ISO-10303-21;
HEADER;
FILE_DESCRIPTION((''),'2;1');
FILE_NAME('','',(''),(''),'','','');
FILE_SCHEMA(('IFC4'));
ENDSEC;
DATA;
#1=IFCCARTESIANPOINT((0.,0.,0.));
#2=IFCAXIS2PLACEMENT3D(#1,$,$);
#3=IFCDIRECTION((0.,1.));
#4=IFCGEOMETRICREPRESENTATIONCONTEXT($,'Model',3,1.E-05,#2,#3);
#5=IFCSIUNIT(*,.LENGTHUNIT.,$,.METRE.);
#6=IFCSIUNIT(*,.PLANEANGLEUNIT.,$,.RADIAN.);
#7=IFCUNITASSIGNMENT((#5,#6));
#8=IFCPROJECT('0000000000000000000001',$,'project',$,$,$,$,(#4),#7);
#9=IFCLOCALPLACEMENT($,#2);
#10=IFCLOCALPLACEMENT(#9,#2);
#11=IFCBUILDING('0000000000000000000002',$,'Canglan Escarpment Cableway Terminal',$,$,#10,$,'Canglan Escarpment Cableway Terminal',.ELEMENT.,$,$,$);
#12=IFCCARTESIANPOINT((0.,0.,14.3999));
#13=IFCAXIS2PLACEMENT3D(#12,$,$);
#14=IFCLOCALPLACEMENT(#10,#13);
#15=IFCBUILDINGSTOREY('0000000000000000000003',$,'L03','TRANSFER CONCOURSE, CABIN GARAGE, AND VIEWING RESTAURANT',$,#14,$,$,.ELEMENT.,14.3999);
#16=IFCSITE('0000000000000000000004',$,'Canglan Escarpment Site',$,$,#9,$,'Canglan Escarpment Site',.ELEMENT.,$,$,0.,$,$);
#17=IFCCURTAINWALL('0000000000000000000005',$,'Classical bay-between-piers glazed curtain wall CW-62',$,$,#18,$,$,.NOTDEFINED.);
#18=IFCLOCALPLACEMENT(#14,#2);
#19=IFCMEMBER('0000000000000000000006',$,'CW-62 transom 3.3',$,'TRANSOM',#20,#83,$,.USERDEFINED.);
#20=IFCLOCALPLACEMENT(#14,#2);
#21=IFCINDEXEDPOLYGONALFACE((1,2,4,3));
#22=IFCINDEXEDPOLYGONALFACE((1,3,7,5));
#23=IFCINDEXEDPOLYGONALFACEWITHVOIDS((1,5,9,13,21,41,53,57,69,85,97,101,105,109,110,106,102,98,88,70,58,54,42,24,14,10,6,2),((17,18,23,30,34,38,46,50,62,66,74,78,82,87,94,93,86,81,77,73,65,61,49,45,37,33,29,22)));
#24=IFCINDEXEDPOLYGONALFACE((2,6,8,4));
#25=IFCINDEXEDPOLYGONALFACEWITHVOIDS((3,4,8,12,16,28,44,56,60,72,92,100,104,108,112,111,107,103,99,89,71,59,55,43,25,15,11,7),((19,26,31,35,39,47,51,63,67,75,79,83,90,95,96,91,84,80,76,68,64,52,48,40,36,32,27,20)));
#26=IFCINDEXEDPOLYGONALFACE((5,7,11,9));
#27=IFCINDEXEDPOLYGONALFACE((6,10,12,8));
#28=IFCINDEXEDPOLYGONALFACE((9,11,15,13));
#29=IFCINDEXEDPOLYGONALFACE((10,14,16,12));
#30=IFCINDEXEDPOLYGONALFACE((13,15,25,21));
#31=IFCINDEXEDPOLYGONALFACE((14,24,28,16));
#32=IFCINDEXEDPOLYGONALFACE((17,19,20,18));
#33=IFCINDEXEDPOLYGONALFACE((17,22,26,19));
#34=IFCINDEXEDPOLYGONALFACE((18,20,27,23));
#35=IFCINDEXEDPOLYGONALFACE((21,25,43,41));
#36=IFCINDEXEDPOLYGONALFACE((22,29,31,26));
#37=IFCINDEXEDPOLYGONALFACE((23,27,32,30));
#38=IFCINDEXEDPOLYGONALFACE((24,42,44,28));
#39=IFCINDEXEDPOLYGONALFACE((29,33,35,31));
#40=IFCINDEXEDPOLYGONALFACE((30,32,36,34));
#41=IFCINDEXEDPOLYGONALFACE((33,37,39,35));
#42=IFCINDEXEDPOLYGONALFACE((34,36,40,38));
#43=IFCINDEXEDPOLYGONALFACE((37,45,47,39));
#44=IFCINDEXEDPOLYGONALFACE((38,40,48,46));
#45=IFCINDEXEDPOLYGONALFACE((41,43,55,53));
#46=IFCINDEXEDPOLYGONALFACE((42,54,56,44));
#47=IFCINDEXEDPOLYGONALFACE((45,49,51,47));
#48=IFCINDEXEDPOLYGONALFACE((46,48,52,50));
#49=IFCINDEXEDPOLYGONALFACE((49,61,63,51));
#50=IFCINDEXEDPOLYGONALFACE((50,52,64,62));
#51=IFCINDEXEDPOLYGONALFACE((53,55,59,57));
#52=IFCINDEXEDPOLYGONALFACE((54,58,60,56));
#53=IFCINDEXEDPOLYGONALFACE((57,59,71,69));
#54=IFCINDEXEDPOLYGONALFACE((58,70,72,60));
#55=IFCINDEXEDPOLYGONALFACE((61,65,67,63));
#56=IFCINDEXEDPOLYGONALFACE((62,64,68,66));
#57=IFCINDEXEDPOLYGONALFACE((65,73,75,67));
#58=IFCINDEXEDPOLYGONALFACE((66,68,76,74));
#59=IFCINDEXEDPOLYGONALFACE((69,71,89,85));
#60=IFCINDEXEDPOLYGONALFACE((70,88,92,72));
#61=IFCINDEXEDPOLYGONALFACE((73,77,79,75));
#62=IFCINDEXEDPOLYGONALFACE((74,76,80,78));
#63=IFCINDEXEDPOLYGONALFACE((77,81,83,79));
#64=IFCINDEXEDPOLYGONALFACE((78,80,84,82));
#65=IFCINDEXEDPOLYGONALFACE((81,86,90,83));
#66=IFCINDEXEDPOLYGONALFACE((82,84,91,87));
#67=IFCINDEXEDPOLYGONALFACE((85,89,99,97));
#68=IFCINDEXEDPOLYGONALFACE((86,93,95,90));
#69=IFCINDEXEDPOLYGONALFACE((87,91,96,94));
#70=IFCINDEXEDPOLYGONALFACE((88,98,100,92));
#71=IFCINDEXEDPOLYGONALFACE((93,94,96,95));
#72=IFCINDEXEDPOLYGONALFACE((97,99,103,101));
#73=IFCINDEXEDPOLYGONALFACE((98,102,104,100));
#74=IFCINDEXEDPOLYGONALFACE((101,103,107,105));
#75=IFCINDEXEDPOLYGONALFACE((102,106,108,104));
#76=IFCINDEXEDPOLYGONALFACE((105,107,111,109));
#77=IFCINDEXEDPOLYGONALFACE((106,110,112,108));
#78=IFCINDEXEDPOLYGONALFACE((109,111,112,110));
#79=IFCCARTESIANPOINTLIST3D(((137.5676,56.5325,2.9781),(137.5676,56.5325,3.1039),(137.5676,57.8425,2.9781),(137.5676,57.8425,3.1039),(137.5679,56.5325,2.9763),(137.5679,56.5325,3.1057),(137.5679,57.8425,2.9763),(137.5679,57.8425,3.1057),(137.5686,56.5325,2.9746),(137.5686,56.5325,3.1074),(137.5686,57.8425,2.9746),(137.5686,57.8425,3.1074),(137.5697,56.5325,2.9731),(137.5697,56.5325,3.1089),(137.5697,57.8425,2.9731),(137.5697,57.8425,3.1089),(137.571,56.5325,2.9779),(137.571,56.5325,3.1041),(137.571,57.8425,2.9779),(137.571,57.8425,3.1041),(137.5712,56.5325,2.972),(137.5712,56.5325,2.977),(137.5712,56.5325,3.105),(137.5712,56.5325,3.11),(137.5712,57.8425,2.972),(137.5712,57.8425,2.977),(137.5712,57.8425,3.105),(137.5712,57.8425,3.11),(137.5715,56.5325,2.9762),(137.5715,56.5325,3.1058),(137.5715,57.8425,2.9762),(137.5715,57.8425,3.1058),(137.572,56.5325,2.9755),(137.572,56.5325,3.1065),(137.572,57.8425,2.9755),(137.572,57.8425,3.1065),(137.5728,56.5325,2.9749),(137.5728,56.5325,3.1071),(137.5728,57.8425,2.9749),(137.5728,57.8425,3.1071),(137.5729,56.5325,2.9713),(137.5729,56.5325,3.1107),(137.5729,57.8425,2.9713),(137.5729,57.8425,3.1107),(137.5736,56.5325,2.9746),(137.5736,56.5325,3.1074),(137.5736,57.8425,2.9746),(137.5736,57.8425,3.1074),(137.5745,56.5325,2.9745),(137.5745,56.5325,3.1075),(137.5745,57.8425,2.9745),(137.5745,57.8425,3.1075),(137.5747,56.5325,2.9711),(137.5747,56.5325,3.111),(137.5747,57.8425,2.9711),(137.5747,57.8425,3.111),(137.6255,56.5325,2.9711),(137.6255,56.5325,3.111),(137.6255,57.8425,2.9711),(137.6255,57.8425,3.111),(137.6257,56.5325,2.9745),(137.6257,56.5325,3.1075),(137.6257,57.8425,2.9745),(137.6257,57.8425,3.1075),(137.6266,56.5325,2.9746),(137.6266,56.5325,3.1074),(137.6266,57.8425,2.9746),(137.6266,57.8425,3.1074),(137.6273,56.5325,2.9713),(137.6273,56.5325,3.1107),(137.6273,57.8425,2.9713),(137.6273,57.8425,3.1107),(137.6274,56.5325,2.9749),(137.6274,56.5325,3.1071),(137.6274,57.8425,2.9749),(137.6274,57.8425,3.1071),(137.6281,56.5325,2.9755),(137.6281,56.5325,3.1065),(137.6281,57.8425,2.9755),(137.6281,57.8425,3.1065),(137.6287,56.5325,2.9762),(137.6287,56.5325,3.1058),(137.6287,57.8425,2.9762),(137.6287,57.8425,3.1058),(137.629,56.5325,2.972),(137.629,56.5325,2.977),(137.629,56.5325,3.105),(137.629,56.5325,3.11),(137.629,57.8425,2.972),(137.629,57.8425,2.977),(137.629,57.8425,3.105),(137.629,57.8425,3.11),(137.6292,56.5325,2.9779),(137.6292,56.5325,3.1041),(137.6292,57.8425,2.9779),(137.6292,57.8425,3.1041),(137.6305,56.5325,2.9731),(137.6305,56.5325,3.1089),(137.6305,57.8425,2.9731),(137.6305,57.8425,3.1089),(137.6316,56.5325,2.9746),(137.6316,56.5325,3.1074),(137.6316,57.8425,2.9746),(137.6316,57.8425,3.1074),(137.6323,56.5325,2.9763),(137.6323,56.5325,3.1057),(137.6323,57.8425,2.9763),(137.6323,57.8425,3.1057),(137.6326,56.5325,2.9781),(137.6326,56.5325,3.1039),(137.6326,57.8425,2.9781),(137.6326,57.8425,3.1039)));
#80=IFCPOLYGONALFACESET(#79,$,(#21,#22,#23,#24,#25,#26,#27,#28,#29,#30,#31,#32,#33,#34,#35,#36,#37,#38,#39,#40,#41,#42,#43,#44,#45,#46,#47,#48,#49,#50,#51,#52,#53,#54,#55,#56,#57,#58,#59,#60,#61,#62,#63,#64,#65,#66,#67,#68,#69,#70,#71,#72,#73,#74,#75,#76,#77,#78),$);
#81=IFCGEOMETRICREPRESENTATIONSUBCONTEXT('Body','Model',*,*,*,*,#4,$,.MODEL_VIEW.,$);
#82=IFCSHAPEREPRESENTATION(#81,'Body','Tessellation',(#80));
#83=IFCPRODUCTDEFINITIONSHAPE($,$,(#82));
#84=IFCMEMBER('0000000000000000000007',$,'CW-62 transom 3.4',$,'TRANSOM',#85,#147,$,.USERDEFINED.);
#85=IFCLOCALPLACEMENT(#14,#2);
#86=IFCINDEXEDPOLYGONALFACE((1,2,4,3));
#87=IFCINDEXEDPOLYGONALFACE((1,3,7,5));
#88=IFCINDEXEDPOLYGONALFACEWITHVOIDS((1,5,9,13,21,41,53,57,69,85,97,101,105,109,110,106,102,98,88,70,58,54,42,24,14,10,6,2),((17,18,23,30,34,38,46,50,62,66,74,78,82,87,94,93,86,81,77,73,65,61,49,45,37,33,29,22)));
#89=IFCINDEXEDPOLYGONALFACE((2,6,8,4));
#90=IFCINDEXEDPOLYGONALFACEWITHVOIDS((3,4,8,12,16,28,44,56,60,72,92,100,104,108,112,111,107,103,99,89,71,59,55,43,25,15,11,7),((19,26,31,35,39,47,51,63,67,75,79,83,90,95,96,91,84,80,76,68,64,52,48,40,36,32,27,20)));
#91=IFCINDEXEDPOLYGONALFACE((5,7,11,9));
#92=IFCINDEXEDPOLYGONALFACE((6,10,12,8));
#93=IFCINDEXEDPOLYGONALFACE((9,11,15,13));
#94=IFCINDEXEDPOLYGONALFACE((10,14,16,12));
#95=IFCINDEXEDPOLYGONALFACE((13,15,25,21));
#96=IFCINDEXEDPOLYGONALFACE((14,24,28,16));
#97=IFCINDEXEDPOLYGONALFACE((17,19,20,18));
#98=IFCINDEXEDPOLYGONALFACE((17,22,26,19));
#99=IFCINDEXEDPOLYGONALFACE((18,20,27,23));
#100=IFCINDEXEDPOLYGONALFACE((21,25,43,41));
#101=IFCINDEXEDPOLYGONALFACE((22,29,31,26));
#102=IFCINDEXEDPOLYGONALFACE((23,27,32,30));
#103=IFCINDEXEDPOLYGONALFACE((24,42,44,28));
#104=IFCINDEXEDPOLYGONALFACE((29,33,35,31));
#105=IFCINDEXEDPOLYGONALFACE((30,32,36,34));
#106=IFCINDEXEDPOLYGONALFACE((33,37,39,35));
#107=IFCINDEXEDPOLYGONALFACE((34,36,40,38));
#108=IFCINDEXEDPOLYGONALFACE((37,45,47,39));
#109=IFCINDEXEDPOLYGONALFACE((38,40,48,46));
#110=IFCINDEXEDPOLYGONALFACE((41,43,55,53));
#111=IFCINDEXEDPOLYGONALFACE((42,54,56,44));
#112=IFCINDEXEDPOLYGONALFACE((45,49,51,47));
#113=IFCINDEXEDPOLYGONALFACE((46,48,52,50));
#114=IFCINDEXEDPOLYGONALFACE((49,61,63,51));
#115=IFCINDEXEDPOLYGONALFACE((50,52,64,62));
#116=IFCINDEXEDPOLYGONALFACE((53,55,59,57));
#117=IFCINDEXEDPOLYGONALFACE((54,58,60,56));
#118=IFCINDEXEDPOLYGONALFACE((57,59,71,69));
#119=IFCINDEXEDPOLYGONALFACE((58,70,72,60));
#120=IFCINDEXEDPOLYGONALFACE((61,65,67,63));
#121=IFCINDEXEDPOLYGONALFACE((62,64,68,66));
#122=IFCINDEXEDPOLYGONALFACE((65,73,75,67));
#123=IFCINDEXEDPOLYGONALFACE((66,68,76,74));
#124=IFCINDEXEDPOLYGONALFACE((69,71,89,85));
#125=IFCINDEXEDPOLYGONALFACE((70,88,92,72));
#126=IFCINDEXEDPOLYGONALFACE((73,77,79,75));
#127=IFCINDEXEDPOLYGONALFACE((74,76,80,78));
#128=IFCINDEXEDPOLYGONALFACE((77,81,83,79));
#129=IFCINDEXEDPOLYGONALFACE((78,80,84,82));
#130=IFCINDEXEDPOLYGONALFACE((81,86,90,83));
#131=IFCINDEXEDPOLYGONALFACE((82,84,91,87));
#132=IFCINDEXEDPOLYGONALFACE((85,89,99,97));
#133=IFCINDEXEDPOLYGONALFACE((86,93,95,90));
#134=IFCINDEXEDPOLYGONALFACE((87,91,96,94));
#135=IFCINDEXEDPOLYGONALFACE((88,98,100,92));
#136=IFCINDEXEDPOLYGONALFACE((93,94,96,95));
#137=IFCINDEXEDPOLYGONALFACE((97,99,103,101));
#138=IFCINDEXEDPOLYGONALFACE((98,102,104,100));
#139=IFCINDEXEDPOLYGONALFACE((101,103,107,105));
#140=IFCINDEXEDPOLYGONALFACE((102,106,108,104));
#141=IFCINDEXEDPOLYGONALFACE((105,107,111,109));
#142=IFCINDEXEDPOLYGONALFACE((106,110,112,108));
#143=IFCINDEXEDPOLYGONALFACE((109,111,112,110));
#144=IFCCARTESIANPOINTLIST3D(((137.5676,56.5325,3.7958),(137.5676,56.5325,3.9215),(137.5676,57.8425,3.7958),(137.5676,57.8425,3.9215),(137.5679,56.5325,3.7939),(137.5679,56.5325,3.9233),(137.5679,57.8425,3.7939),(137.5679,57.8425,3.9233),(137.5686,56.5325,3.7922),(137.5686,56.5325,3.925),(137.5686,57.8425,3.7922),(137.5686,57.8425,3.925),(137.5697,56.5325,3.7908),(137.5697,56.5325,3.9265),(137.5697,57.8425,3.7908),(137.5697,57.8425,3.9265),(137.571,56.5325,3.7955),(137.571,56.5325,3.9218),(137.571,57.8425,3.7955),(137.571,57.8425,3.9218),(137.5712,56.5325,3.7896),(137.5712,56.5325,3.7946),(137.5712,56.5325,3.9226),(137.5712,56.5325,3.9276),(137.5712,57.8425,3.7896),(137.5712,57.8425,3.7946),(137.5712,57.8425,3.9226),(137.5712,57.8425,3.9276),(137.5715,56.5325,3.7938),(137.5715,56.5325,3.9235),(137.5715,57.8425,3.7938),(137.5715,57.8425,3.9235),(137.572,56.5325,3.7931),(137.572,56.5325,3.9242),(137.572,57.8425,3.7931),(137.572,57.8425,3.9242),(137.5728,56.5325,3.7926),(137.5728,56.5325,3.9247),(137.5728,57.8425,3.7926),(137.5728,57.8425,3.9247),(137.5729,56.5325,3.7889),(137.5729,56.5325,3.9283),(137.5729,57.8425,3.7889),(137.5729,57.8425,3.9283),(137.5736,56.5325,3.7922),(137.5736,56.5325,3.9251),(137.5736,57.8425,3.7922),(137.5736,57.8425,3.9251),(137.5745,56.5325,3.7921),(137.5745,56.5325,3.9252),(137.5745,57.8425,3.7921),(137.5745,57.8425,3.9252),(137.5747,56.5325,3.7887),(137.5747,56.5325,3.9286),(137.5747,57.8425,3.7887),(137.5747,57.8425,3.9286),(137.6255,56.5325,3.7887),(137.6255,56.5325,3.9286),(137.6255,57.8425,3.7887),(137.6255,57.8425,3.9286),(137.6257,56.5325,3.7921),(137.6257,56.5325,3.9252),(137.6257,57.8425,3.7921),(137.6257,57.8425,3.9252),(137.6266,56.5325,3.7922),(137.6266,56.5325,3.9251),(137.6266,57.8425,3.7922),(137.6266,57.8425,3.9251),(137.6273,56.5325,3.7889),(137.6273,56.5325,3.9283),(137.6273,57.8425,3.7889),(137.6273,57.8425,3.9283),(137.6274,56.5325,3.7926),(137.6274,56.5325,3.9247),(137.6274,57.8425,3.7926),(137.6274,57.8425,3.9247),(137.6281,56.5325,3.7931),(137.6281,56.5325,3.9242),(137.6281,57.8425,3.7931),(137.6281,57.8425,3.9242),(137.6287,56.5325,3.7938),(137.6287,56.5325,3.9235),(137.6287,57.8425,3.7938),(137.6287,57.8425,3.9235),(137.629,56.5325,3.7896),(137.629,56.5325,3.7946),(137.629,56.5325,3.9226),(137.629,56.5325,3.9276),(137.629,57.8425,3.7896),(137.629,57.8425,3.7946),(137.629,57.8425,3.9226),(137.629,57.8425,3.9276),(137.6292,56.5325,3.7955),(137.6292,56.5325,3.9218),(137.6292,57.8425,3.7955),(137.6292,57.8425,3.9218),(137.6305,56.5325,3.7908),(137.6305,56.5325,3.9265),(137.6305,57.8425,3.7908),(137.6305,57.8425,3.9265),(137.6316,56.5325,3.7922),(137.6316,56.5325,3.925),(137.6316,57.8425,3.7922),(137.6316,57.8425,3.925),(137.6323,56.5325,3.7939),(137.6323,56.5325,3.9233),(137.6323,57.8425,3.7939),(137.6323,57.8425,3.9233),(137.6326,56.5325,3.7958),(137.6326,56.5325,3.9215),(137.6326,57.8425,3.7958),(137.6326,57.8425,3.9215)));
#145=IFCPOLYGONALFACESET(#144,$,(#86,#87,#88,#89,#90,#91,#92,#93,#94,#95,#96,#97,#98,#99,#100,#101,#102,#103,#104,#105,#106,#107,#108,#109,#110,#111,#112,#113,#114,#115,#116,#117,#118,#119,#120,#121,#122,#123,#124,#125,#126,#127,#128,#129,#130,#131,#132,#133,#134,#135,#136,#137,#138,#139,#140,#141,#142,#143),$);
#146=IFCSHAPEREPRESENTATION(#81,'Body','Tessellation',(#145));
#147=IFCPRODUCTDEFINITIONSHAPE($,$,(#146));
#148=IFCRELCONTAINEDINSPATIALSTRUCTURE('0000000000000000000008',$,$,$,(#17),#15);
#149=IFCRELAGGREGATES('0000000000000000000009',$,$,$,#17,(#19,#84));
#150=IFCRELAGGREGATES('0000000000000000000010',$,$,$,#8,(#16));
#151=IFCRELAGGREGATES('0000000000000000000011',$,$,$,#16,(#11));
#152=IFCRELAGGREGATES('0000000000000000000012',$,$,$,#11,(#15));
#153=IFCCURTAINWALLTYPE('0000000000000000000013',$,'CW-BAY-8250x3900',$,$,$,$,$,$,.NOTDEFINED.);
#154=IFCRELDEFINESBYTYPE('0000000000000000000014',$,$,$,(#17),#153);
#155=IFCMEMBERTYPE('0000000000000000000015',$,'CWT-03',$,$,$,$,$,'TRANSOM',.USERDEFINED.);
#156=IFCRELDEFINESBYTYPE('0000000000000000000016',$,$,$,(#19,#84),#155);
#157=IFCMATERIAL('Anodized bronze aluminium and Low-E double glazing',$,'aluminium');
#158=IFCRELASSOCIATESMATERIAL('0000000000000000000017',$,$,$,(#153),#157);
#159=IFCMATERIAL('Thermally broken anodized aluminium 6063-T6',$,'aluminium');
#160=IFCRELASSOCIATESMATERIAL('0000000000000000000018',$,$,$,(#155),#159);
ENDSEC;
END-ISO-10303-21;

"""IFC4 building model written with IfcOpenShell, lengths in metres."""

from ifc_helpers import new_model, si_unit, direction, frame, origin, origin_2d, place, context, subcontext, project, spatial, hollow_rectangle, extrude, material, material_profile, profile_set, type_object, element, aggregate, save


model = new_model("IFC4")

# Units and contexts
model_context = context("Model", 3, precision=1e-05, world=origin(), true_north=direction((0.0, 1.0)))
body_context = subcontext(model_context, "Body", "Model", "MODEL_VIEW")
ifc_project = project(units=[si_unit("LENGTHUNIT", "METRE"), si_unit("PLANEANGLEUNIT", "RADIAN")], contexts=[model_context])

# Site, building, storey
site_placement = place(None, origin())
site = spatial("IfcSite", under=ifc_project, at=site_placement, Name="Canglan Escarpment Site", LongName="Canglan Escarpment Site", CompositionType="ELEMENT", RefElevation=0.0)
building_placement = place(site_placement, origin())
building = spatial("IfcBuilding", under=site, at=building_placement, Name="Canglan Escarpment Cableway Terminal", LongName="Canglan Escarpment Cableway Terminal", CompositionType="ELEMENT")
storey_placement = place(building_placement, frame((0.0, 0.0, 14.3999)))
storey = spatial("IfcBuildingStorey", under=building, at=storey_placement, Name="L03", Description="TRANSFER CONCOURSE, CABIN GARAGE, AND VIEWING RESTAURANT", CompositionType="ELEMENT", Elevation=14.3999)

# Curtain wall, members
ifc_material_1 = material(Name="Anodized bronze aluminium and Low-E double glazing", Category="aluminium")
curtain_wall_type = type_object("IfcCurtainWallType", Name="CW-BAY-8250x3900", PredefinedType="NOTDEFINED", material=ifc_material_1)
curtain_wall_placement = place(storey_placement, origin())
curtain_wall = element("IfcCurtainWall", 1, at=curtain_wall_placement, inside=storey, type_object=curtain_wall_type, Name="Classical bay-between-piers glazed curtain wall CW-62", PredefinedType="NOTDEFINED")
ifc_material_2 = material(Name="Thermally broken anodized aluminium 6063-T6", Category="aluminium")
ifc_material_profile_1 = material_profile(ifc_material_2, hollow_rectangle(XDim=0.0649, YDim=0.1399, WallThickness=0.0034, InnerFilletRadius=0.0034, OuterFilletRadius=0.0071, at=origin_2d()), Name="ALU-TRAN 65x140x3.5")
ifc_profile_set_1 = profile_set([ifc_material_profile_1], Name="Thermally broken anodized aluminium 6063-T6")
member_type_1 = type_object("IfcMemberType", Name="CWT-03", ElementType="TRANSOM", PredefinedType="USERDEFINED", material=ifc_profile_set_1)
member_1_placement = place(storey_placement, frame((137.6001, 57.8425, 3.041), z_axis=(0.0, -1.0, 0.0), x_axis=(1.0, 0.0, 0.0)))
member_1 = element("IfcMember", 2, at=member_1_placement, type_object=member_type_1, Name="CW-62 transom 3.3", ObjectType="TRANSOM", PredefinedType="USERDEFINED", context=body_context, shape_type="SweptSolid", body=[
    extrude(hollow_rectangle(XDim=0.0649, YDim=0.1399, WallThickness=0.0034, InnerFilletRadius=0.0034, OuterFilletRadius=0.0071, at=origin_2d()), origin(), (0.0, 0.0, 1.0), 1.3101),
])
member_2_placement = place(storey_placement, frame((137.6001, 57.8425, 3.8586), z_axis=(0.0, -1.0, 0.0), x_axis=(1.0, 0.0, 0.0)))
member_2 = element("IfcMember", 3, at=member_2_placement, type_object=member_type_1, Name="CW-62 transom 3.4", ObjectType="TRANSOM", PredefinedType="USERDEFINED", context=body_context, shape_type="SweptSolid", body=[
    extrude(hollow_rectangle(XDim=0.0649, YDim=0.1399, WallThickness=0.0034, InnerFilletRadius=0.0034, OuterFilletRadius=0.0071, at=origin_2d()), origin(), (0.0, 0.0, 1.0), 1.3101),
])
aggregate(curtain_wall, [member_1, member_2])

save(model, "model.ifc")
